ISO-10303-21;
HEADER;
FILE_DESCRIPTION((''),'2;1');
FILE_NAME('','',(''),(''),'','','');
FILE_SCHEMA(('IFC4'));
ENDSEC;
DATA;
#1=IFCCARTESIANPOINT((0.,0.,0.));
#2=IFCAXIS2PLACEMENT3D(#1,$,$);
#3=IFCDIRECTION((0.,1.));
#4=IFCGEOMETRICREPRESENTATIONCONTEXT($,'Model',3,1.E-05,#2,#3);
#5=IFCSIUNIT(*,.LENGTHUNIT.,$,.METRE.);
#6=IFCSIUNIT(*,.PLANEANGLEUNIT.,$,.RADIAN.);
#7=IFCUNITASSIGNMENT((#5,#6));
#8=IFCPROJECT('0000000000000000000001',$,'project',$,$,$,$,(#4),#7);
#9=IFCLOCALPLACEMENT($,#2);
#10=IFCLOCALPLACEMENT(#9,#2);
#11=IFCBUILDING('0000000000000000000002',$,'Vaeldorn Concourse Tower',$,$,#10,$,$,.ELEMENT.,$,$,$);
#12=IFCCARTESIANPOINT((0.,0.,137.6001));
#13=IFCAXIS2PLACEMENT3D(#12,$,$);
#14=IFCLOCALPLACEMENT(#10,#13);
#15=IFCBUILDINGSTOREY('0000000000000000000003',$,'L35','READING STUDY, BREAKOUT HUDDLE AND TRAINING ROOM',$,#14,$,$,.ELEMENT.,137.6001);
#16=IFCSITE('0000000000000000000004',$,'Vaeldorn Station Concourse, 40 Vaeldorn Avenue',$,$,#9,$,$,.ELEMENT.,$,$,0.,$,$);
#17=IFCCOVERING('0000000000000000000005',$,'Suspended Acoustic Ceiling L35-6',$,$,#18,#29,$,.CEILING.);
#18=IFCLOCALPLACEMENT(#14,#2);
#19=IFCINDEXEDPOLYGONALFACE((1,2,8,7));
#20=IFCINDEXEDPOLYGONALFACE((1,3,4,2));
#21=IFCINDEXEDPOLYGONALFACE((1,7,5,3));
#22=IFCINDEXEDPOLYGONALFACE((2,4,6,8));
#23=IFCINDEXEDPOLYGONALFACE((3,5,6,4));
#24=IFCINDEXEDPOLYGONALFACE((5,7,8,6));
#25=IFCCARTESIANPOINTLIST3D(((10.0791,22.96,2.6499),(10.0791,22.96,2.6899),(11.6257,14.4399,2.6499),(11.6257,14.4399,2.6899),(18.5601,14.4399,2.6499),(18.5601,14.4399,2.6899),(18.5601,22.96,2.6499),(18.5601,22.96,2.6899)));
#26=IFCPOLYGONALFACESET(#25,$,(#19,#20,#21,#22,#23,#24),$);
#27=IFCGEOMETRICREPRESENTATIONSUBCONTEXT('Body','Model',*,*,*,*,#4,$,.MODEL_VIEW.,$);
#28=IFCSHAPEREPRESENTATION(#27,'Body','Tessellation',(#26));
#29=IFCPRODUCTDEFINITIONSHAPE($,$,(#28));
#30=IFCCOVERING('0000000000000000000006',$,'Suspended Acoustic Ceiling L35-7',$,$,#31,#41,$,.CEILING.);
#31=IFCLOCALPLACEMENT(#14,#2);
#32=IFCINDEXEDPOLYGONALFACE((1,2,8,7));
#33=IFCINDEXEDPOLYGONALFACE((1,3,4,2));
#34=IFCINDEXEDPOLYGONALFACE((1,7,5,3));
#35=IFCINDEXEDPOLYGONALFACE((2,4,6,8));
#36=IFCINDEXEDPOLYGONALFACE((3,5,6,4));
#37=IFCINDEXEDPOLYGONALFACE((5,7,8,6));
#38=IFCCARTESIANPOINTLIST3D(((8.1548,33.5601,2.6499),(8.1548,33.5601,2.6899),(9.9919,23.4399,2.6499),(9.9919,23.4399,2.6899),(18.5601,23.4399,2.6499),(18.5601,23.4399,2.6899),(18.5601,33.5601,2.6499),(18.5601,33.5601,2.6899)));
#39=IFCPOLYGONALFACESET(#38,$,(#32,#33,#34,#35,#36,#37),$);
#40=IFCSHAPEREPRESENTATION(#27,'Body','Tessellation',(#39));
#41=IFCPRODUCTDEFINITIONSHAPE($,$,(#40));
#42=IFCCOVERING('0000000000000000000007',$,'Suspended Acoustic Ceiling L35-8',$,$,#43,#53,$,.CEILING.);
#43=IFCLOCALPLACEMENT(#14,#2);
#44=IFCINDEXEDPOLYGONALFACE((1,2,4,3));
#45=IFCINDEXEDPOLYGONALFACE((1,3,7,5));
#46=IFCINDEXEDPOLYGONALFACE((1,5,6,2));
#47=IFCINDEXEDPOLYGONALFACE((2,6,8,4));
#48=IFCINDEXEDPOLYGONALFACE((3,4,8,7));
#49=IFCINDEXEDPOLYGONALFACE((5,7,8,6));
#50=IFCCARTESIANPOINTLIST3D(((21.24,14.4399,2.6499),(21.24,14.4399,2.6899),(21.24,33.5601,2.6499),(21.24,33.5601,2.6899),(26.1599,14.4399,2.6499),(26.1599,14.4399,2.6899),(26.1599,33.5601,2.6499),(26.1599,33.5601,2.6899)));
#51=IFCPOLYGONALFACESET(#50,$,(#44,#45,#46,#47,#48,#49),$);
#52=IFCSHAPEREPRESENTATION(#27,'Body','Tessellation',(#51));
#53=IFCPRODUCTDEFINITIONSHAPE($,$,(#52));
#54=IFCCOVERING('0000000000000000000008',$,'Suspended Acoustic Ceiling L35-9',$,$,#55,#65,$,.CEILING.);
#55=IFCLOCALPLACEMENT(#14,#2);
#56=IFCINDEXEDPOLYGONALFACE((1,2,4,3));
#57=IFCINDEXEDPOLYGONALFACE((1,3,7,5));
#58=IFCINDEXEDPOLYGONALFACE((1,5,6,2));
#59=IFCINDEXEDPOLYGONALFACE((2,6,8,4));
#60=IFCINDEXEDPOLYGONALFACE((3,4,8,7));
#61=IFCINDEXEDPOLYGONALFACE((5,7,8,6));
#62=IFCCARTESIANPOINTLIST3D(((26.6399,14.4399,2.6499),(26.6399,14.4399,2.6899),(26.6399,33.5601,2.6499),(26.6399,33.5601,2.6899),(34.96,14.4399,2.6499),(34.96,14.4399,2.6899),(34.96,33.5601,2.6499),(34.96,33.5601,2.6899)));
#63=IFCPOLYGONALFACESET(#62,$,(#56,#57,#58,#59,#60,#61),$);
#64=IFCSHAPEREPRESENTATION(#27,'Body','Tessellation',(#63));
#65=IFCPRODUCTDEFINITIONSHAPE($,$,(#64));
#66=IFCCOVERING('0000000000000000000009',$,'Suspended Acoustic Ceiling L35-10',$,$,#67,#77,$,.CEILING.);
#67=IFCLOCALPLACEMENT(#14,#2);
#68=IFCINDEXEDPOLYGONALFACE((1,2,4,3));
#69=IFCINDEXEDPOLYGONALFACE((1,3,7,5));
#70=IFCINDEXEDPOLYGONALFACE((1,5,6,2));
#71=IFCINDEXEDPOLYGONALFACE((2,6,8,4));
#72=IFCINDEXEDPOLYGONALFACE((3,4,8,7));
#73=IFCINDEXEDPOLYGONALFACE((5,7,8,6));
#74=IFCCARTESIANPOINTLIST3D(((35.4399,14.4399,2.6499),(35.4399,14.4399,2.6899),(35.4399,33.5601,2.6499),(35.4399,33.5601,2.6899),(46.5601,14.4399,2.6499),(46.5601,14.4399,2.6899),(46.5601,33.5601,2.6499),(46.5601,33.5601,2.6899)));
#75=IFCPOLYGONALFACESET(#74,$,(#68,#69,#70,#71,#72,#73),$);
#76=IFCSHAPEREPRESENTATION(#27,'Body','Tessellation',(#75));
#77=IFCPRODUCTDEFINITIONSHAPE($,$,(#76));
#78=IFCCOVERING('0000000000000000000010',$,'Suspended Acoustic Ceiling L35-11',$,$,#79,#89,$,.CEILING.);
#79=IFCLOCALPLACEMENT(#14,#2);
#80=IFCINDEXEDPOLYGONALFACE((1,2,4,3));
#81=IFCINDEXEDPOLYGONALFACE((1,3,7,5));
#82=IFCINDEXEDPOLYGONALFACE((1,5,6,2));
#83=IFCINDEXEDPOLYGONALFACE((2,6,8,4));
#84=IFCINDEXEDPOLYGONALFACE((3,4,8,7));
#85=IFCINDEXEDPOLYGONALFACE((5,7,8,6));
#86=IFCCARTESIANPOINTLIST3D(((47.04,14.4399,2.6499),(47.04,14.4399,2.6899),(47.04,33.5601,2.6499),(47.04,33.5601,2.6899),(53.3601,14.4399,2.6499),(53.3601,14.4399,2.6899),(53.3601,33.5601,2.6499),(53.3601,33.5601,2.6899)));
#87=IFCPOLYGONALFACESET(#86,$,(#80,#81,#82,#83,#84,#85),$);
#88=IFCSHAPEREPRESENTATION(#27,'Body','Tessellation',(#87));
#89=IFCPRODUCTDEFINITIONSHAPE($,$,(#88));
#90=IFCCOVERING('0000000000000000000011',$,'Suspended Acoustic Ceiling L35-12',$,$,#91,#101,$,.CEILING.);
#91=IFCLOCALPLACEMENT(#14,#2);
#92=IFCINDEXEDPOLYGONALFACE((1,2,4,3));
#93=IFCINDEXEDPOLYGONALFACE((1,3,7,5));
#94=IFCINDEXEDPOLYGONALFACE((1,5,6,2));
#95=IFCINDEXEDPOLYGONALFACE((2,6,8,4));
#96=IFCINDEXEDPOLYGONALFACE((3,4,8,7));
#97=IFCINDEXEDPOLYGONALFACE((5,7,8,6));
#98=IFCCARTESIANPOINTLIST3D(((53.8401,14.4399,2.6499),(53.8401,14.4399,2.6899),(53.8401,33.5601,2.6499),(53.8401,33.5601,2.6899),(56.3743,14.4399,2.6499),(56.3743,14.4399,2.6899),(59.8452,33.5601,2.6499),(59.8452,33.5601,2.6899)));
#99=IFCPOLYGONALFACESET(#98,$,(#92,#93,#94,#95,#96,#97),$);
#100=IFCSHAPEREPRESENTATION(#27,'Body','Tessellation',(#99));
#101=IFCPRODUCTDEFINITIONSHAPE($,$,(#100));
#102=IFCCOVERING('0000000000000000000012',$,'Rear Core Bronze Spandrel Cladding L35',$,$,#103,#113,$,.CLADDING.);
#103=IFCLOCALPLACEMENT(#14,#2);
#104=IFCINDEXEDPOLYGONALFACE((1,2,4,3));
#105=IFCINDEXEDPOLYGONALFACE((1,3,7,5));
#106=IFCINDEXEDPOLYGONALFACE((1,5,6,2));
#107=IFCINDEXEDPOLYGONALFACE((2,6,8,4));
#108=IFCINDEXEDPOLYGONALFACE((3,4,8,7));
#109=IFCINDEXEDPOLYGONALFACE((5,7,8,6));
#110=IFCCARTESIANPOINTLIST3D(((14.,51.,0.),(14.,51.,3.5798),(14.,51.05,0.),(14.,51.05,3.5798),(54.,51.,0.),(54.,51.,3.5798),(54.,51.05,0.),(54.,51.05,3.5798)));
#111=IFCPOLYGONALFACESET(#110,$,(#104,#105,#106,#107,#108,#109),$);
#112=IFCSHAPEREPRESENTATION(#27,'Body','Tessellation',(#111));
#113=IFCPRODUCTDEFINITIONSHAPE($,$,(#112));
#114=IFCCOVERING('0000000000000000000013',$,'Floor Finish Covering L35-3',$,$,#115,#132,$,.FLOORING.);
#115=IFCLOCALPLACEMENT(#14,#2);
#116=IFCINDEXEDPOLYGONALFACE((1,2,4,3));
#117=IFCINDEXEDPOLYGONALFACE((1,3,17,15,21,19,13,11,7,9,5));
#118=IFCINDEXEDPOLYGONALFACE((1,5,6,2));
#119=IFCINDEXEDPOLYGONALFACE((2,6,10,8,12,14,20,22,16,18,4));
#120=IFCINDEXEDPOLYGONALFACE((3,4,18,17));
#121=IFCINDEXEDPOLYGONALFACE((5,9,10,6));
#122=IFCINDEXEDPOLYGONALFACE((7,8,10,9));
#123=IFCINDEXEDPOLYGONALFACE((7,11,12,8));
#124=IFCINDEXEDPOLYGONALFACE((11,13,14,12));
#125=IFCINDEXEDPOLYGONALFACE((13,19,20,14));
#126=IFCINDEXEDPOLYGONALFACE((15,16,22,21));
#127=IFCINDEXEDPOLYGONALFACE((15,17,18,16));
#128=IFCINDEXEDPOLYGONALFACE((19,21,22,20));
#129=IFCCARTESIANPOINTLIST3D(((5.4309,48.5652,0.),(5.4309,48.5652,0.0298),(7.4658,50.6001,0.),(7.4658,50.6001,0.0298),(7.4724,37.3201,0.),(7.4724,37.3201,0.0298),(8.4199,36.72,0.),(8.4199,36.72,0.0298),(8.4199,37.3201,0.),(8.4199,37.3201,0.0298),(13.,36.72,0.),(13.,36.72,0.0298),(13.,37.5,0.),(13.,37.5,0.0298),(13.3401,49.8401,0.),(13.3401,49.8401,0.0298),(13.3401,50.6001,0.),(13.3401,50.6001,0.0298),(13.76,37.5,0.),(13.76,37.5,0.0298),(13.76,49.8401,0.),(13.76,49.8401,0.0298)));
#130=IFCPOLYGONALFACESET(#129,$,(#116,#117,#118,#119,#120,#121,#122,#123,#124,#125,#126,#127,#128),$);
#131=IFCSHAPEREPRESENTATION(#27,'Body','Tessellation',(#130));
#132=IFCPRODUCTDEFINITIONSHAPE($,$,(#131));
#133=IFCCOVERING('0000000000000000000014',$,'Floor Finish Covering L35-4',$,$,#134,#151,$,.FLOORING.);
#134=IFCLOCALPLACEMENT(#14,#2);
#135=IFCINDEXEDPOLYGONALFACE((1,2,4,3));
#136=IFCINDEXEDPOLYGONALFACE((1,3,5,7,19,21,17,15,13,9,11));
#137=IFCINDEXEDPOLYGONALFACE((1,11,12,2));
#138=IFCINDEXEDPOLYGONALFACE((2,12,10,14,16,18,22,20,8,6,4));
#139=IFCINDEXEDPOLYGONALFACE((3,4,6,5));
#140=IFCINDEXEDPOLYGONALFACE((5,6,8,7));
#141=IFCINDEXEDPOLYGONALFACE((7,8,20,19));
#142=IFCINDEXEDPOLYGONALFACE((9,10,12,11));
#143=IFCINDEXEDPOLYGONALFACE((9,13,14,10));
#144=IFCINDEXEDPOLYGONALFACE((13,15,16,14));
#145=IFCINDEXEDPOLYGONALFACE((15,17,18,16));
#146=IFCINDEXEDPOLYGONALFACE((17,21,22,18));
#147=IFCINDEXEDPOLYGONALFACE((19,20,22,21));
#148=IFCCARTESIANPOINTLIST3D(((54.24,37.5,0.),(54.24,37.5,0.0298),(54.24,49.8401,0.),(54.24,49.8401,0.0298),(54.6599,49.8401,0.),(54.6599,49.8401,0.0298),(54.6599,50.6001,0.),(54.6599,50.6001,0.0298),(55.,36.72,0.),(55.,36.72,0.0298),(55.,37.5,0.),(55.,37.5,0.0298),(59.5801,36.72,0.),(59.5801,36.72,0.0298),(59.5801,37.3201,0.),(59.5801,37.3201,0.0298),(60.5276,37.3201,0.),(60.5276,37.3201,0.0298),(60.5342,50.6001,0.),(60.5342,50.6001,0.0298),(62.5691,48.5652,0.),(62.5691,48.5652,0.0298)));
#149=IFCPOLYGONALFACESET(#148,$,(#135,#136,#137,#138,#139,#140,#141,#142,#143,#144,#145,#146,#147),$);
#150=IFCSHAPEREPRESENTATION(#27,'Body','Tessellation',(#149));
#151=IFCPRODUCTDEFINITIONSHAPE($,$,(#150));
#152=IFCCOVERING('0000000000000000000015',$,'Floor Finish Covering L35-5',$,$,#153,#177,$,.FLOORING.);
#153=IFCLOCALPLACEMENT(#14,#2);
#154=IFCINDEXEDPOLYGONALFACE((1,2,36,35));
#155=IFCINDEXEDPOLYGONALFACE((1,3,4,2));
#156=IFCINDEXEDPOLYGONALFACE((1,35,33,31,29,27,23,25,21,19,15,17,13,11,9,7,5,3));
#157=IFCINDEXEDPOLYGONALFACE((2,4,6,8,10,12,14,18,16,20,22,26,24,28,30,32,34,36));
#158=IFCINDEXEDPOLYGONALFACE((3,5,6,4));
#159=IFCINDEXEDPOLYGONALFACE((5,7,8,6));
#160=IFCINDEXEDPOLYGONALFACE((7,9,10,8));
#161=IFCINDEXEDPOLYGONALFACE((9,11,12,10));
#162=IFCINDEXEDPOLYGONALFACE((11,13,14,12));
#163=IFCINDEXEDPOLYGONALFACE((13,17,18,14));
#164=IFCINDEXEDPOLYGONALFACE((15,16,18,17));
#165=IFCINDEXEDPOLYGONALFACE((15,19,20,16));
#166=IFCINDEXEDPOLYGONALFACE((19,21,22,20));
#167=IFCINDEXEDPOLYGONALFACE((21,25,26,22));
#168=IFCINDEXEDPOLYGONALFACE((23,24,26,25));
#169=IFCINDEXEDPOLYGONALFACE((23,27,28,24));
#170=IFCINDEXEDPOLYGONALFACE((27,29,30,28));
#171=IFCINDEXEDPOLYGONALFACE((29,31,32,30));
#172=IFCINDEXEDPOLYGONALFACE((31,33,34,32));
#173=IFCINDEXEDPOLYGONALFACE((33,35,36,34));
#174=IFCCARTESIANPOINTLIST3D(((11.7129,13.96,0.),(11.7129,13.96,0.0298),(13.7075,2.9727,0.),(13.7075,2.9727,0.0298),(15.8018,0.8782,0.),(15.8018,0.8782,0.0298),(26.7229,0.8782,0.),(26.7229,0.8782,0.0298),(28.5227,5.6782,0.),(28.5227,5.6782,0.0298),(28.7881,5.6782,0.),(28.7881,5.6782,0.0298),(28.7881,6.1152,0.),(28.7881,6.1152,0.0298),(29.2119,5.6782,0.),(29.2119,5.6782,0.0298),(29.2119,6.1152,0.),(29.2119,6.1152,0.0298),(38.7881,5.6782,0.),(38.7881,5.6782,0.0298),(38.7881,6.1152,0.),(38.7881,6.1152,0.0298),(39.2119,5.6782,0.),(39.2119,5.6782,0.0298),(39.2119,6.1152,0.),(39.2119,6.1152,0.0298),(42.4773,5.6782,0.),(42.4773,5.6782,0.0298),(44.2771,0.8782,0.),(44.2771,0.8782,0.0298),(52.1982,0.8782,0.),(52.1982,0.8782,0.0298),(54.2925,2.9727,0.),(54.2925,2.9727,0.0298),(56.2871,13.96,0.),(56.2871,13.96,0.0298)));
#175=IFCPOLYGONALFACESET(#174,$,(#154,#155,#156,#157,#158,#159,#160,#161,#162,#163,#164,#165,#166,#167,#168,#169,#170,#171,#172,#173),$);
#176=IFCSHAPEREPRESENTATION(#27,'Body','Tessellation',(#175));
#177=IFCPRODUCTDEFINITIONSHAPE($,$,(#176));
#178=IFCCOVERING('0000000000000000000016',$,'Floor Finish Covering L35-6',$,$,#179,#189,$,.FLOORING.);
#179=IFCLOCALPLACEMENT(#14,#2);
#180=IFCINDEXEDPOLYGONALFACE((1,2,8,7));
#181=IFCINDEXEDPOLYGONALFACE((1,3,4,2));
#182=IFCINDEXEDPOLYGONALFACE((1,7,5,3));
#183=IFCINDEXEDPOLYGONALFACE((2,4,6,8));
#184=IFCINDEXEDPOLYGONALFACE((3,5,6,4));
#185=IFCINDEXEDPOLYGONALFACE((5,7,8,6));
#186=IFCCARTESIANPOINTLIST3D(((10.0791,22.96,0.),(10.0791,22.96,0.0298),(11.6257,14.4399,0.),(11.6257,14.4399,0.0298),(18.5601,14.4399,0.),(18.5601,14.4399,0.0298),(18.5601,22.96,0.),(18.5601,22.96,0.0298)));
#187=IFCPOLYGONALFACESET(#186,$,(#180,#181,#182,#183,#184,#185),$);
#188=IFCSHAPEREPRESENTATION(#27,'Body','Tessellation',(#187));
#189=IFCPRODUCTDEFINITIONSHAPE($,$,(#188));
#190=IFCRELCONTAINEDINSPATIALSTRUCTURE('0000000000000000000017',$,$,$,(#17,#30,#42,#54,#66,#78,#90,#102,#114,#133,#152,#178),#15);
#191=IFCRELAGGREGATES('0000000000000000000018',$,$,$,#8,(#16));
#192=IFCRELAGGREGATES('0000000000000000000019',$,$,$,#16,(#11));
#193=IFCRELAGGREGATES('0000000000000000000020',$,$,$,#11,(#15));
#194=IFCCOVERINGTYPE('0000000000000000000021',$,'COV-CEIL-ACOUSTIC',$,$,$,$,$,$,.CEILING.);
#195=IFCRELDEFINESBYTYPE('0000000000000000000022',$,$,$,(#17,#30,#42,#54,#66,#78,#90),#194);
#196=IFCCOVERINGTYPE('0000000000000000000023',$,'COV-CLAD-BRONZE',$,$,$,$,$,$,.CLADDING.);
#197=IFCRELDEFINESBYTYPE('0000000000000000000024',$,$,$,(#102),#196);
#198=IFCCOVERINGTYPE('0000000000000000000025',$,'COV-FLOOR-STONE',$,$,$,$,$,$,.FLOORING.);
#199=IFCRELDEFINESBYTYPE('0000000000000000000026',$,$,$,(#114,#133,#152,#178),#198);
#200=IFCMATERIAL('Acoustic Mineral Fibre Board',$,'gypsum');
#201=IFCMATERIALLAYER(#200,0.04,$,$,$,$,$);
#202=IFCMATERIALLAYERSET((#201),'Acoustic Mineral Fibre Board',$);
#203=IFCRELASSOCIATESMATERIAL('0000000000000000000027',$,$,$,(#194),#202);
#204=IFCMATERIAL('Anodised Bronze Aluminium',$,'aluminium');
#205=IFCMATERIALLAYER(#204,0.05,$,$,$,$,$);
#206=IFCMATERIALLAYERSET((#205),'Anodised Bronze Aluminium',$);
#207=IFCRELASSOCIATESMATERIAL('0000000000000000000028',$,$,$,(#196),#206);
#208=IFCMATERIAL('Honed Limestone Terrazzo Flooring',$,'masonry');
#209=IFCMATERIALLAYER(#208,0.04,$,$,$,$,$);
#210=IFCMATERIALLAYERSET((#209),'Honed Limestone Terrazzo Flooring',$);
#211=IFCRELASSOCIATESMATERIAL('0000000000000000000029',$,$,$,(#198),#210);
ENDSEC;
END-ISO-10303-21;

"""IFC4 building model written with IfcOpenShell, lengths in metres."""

from ifc_helpers import new_model, si_unit, direction, frame, origin, place, context, subcontext, project, spatial, polyline, outline, extrude, material, layer, layer_set, type_object, element, save


model = new_model("IFC4")

# Units and contexts
model_context = context("Model", 3, precision=1e-05, world=origin(), true_north=direction((0.0, 1.0)))
body_context = subcontext(model_context, "Body", "Model", "MODEL_VIEW")
ifc_project = project(units=[si_unit("LENGTHUNIT", "METRE"), si_unit("PLANEANGLEUNIT", "RADIAN")], contexts=[model_context])

# Site, building, storey
site_placement = place(None, origin())
site = spatial("IfcSite", under=ifc_project, at=site_placement, Name="Vaeldorn Station Concourse, 40 Vaeldorn Avenue", CompositionType="ELEMENT", RefElevation=0.0)
building_placement = place(site_placement, origin())
building = spatial("IfcBuilding", under=site, at=building_placement, Name="Vaeldorn Concourse Tower", CompositionType="ELEMENT")
storey_placement = place(building_placement, frame((0.0, 0.0, 137.6001)))
storey = spatial("IfcBuildingStorey", under=building, at=storey_placement, Name="L35", Description="READING STUDY, BREAKOUT HUDDLE AND TRAINING ROOM", CompositionType="ELEMENT", Elevation=137.6001)

# Coverings
ifc_material_1 = material(Name="Acoustic Mineral Fibre Board", Category="gypsum")
ifc_layer_1 = layer(ifc_material_1, 0.04)
ifc_layer_set_1 = layer_set([ifc_layer_1], Name="Acoustic Mineral Fibre Board")
covering_type_1 = type_object("IfcCoveringType", Name="COV-CEIL-ACOUSTIC", PredefinedType="CEILING", material=ifc_layer_set_1)
covering_1_placement = place(storey_placement, frame((0.0, 0.0, 2.6499)))
element("IfcCovering", 1, at=covering_1_placement, inside=storey, type_object=covering_type_1, Name="Suspended Acoustic Ceiling L35-6", PredefinedType="CEILING", context=body_context, shape_type="SweptSolid", body=[
    extrude(outline(polyline([(18.5601, 22.96), (18.5601, 14.4399), (11.6257, 14.4399), (10.0791, 22.96), (18.5601, 22.96)])), origin(), (0.0, 0.0, 1.0), 0.04),
])
covering_2_placement = place(storey_placement, frame((0.0, 0.0, 2.6499)))
element("IfcCovering", 2, at=covering_2_placement, inside=storey, type_object=covering_type_1, Name="Suspended Acoustic Ceiling L35-7", PredefinedType="CEILING", context=body_context, shape_type="SweptSolid", body=[
    extrude(outline(polyline([(18.5601, 33.5601), (18.5601, 23.4399), (9.9919, 23.4399), (8.1548, 33.5601), (18.5601, 33.5601)])), origin(), (0.0, 0.0, 1.0), 0.04),
])
covering_3_placement = place(storey_placement, frame((0.0, 0.0, 2.6499)))
element("IfcCovering", 3, at=covering_3_placement, inside=storey, type_object=covering_type_1, Name="Suspended Acoustic Ceiling L35-8", PredefinedType="CEILING", context=body_context, shape_type="SweptSolid", body=[
    extrude(outline(polyline([(21.24, 33.5601), (26.1599, 33.5601), (26.1599, 14.4399), (21.24, 14.4399), (21.24, 33.5601)])), origin(), (0.0, 0.0, 1.0), 0.04),
])
covering_4_placement = place(storey_placement, frame((0.0, 0.0, 2.6499)))
element("IfcCovering", 4, at=covering_4_placement, inside=storey, type_object=covering_type_1, Name="Suspended Acoustic Ceiling L35-9", PredefinedType="CEILING", context=body_context, shape_type="SweptSolid", body=[
    extrude(outline(polyline([(26.6399, 33.5601), (34.96, 33.5601), (34.96, 14.4399), (26.6399, 14.4399), (26.6399, 33.5601)])), origin(), (0.0, 0.0, 1.0), 0.04),
])
covering_5_placement = place(storey_placement, frame((0.0, 0.0, 2.6499)))
element("IfcCovering", 5, at=covering_5_placement, inside=storey, type_object=covering_type_1, Name="Suspended Acoustic Ceiling L35-10", PredefinedType="CEILING", context=body_context, shape_type="SweptSolid", body=[
    extrude(outline(polyline([(35.4399, 33.5601), (46.5601, 33.5601), (46.5601, 14.4399), (35.4399, 14.4399), (35.4399, 33.5601)])), origin(), (0.0, 0.0, 1.0), 0.04),
])
covering_6_placement = place(storey_placement, frame((0.0, 0.0, 2.6499)))
element("IfcCovering", 6, at=covering_6_placement, inside=storey, type_object=covering_type_1, Name="Suspended Acoustic Ceiling L35-11", PredefinedType="CEILING", context=body_context, shape_type="SweptSolid", body=[
    extrude(outline(polyline([(47.04, 33.5601), (53.3601, 33.5601), (53.3601, 14.4399), (47.04, 14.4399), (47.04, 33.5601)])), origin(), (0.0, 0.0, 1.0), 0.04),
])
covering_7_placement = place(storey_placement, frame((0.0, 0.0, 2.6499)))
element("IfcCovering", 7, at=covering_7_placement, inside=storey, type_object=covering_type_1, Name="Suspended Acoustic Ceiling L35-12", PredefinedType="CEILING", context=body_context, shape_type="SweptSolid", body=[
    extrude(outline(polyline([(53.8401, 14.4399), (53.8401, 33.5601), (59.8452, 33.5601), (56.3743, 14.4399), (53.8401, 14.4399)])), origin(), (0.0, 0.0, 1.0), 0.04),
])
ifc_material_2 = material(Name="Anodised Bronze Aluminium", Category="aluminium")
ifc_layer_2 = layer(ifc_material_2, 0.05)
ifc_layer_set_2 = layer_set([ifc_layer_2], Name="Anodised Bronze Aluminium")
covering_type_2 = type_object("IfcCoveringType", Name="COV-CLAD-BRONZE", PredefinedType="CLADDING", material=ifc_layer_set_2)
covering_8_placement = place(storey_placement, origin())
element("IfcCovering", 8, at=covering_8_placement, inside=storey, type_object=covering_type_2, Name="Rear Core Bronze Spandrel Cladding L35", PredefinedType="CLADDING", context=body_context, shape_type="SweptSolid", body=[
    extrude(outline(polyline([(14.0, 51.0), (54.0, 51.0), (54.0, 51.05), (14.0, 51.05), (14.0, 51.0)])), origin(), (0.0, 0.0, 1.0), 3.5798),
])
ifc_material_3 = material(Name="Honed Limestone Terrazzo Flooring", Category="masonry")
ifc_layer_3 = layer(ifc_material_3, 0.04)
ifc_layer_set_3 = layer_set([ifc_layer_3], Name="Honed Limestone Terrazzo Flooring")
covering_type_3 = type_object("IfcCoveringType", Name="COV-FLOOR-STONE", PredefinedType="FLOORING", material=ifc_layer_set_3)
covering_9_placement = place(storey_placement, origin())
element("IfcCovering", 9, at=covering_9_placement, inside=storey, type_object=covering_type_3, Name="Floor Finish Covering L35-3", PredefinedType="FLOORING", context=body_context, shape_type="SweptSolid", body=[
    extrude(outline(polyline([(7.4658, 50.6001), (13.3401, 50.6001), (13.3401, 49.8401), (13.76, 49.8401), (13.76, 37.5), (13.0, 37.5), (13.0, 36.72), (8.4199, 36.72), (8.4199, 37.3201), (7.4724, 37.3201), (5.4309, 48.5652), (7.4658, 50.6001)])), origin(), (0.0, 0.0, 1.0), 0.0298),
])
covering_10_placement = place(storey_placement, origin())
element("IfcCovering", 10, at=covering_10_placement, inside=storey, type_object=covering_type_3, Name="Floor Finish Covering L35-4", PredefinedType="FLOORING", context=body_context, shape_type="SweptSolid", body=[
    extrude(outline(polyline([(54.6599, 49.8401), (54.6599, 50.6001), (60.5342, 50.6001), (62.5691, 48.5652), (60.5276, 37.3201), (59.5801, 37.3201), (59.5801, 36.72), (55.0, 36.72), (55.0, 37.5), (54.24, 37.5), (54.24, 49.8401), (54.6599, 49.8401)])), origin(), (0.0, 0.0, 1.0), 0.0298),
])
covering_11_placement = place(storey_placement, origin())
element("IfcCovering", 11, at=covering_11_placement, inside=storey, type_object=covering_type_3, Name="Floor Finish Covering L35-5", PredefinedType="FLOORING", context=body_context, shape_type="SweptSolid", body=[
    extrude(outline(polyline([(56.2871, 13.96), (54.2925, 2.9727), (52.1982, 0.8782), (44.2771, 0.8782), (42.4773, 5.6782), (39.2119, 5.6782), (39.2119, 6.1152), (38.7881, 6.1152), (38.7881, 5.6782), (29.2119, 5.6782), (29.2119, 6.1152), (28.7881, 6.1152), (28.7881, 5.6782), (28.5227, 5.6782), (26.7229, 0.8782), (15.8018, 0.8782), (13.7075, 2.9727), (11.7129, 13.96), (56.2871, 13.96)])), origin(), (0.0, 0.0, 1.0), 0.0298),
])
covering_12_placement = place(storey_placement, origin())
element("IfcCovering", 12, at=covering_12_placement, inside=storey, type_object=covering_type_3, Name="Floor Finish Covering L35-6", PredefinedType="FLOORING", context=body_context, shape_type="SweptSolid", body=[
    extrude(outline(polyline([(18.5601, 22.96), (18.5601, 14.4399), (11.6257, 14.4399), (10.0791, 22.96), (18.5601, 22.96)])), origin(), (0.0, 0.0, 1.0), 0.0298),
])

save(model, "model.ifc")
